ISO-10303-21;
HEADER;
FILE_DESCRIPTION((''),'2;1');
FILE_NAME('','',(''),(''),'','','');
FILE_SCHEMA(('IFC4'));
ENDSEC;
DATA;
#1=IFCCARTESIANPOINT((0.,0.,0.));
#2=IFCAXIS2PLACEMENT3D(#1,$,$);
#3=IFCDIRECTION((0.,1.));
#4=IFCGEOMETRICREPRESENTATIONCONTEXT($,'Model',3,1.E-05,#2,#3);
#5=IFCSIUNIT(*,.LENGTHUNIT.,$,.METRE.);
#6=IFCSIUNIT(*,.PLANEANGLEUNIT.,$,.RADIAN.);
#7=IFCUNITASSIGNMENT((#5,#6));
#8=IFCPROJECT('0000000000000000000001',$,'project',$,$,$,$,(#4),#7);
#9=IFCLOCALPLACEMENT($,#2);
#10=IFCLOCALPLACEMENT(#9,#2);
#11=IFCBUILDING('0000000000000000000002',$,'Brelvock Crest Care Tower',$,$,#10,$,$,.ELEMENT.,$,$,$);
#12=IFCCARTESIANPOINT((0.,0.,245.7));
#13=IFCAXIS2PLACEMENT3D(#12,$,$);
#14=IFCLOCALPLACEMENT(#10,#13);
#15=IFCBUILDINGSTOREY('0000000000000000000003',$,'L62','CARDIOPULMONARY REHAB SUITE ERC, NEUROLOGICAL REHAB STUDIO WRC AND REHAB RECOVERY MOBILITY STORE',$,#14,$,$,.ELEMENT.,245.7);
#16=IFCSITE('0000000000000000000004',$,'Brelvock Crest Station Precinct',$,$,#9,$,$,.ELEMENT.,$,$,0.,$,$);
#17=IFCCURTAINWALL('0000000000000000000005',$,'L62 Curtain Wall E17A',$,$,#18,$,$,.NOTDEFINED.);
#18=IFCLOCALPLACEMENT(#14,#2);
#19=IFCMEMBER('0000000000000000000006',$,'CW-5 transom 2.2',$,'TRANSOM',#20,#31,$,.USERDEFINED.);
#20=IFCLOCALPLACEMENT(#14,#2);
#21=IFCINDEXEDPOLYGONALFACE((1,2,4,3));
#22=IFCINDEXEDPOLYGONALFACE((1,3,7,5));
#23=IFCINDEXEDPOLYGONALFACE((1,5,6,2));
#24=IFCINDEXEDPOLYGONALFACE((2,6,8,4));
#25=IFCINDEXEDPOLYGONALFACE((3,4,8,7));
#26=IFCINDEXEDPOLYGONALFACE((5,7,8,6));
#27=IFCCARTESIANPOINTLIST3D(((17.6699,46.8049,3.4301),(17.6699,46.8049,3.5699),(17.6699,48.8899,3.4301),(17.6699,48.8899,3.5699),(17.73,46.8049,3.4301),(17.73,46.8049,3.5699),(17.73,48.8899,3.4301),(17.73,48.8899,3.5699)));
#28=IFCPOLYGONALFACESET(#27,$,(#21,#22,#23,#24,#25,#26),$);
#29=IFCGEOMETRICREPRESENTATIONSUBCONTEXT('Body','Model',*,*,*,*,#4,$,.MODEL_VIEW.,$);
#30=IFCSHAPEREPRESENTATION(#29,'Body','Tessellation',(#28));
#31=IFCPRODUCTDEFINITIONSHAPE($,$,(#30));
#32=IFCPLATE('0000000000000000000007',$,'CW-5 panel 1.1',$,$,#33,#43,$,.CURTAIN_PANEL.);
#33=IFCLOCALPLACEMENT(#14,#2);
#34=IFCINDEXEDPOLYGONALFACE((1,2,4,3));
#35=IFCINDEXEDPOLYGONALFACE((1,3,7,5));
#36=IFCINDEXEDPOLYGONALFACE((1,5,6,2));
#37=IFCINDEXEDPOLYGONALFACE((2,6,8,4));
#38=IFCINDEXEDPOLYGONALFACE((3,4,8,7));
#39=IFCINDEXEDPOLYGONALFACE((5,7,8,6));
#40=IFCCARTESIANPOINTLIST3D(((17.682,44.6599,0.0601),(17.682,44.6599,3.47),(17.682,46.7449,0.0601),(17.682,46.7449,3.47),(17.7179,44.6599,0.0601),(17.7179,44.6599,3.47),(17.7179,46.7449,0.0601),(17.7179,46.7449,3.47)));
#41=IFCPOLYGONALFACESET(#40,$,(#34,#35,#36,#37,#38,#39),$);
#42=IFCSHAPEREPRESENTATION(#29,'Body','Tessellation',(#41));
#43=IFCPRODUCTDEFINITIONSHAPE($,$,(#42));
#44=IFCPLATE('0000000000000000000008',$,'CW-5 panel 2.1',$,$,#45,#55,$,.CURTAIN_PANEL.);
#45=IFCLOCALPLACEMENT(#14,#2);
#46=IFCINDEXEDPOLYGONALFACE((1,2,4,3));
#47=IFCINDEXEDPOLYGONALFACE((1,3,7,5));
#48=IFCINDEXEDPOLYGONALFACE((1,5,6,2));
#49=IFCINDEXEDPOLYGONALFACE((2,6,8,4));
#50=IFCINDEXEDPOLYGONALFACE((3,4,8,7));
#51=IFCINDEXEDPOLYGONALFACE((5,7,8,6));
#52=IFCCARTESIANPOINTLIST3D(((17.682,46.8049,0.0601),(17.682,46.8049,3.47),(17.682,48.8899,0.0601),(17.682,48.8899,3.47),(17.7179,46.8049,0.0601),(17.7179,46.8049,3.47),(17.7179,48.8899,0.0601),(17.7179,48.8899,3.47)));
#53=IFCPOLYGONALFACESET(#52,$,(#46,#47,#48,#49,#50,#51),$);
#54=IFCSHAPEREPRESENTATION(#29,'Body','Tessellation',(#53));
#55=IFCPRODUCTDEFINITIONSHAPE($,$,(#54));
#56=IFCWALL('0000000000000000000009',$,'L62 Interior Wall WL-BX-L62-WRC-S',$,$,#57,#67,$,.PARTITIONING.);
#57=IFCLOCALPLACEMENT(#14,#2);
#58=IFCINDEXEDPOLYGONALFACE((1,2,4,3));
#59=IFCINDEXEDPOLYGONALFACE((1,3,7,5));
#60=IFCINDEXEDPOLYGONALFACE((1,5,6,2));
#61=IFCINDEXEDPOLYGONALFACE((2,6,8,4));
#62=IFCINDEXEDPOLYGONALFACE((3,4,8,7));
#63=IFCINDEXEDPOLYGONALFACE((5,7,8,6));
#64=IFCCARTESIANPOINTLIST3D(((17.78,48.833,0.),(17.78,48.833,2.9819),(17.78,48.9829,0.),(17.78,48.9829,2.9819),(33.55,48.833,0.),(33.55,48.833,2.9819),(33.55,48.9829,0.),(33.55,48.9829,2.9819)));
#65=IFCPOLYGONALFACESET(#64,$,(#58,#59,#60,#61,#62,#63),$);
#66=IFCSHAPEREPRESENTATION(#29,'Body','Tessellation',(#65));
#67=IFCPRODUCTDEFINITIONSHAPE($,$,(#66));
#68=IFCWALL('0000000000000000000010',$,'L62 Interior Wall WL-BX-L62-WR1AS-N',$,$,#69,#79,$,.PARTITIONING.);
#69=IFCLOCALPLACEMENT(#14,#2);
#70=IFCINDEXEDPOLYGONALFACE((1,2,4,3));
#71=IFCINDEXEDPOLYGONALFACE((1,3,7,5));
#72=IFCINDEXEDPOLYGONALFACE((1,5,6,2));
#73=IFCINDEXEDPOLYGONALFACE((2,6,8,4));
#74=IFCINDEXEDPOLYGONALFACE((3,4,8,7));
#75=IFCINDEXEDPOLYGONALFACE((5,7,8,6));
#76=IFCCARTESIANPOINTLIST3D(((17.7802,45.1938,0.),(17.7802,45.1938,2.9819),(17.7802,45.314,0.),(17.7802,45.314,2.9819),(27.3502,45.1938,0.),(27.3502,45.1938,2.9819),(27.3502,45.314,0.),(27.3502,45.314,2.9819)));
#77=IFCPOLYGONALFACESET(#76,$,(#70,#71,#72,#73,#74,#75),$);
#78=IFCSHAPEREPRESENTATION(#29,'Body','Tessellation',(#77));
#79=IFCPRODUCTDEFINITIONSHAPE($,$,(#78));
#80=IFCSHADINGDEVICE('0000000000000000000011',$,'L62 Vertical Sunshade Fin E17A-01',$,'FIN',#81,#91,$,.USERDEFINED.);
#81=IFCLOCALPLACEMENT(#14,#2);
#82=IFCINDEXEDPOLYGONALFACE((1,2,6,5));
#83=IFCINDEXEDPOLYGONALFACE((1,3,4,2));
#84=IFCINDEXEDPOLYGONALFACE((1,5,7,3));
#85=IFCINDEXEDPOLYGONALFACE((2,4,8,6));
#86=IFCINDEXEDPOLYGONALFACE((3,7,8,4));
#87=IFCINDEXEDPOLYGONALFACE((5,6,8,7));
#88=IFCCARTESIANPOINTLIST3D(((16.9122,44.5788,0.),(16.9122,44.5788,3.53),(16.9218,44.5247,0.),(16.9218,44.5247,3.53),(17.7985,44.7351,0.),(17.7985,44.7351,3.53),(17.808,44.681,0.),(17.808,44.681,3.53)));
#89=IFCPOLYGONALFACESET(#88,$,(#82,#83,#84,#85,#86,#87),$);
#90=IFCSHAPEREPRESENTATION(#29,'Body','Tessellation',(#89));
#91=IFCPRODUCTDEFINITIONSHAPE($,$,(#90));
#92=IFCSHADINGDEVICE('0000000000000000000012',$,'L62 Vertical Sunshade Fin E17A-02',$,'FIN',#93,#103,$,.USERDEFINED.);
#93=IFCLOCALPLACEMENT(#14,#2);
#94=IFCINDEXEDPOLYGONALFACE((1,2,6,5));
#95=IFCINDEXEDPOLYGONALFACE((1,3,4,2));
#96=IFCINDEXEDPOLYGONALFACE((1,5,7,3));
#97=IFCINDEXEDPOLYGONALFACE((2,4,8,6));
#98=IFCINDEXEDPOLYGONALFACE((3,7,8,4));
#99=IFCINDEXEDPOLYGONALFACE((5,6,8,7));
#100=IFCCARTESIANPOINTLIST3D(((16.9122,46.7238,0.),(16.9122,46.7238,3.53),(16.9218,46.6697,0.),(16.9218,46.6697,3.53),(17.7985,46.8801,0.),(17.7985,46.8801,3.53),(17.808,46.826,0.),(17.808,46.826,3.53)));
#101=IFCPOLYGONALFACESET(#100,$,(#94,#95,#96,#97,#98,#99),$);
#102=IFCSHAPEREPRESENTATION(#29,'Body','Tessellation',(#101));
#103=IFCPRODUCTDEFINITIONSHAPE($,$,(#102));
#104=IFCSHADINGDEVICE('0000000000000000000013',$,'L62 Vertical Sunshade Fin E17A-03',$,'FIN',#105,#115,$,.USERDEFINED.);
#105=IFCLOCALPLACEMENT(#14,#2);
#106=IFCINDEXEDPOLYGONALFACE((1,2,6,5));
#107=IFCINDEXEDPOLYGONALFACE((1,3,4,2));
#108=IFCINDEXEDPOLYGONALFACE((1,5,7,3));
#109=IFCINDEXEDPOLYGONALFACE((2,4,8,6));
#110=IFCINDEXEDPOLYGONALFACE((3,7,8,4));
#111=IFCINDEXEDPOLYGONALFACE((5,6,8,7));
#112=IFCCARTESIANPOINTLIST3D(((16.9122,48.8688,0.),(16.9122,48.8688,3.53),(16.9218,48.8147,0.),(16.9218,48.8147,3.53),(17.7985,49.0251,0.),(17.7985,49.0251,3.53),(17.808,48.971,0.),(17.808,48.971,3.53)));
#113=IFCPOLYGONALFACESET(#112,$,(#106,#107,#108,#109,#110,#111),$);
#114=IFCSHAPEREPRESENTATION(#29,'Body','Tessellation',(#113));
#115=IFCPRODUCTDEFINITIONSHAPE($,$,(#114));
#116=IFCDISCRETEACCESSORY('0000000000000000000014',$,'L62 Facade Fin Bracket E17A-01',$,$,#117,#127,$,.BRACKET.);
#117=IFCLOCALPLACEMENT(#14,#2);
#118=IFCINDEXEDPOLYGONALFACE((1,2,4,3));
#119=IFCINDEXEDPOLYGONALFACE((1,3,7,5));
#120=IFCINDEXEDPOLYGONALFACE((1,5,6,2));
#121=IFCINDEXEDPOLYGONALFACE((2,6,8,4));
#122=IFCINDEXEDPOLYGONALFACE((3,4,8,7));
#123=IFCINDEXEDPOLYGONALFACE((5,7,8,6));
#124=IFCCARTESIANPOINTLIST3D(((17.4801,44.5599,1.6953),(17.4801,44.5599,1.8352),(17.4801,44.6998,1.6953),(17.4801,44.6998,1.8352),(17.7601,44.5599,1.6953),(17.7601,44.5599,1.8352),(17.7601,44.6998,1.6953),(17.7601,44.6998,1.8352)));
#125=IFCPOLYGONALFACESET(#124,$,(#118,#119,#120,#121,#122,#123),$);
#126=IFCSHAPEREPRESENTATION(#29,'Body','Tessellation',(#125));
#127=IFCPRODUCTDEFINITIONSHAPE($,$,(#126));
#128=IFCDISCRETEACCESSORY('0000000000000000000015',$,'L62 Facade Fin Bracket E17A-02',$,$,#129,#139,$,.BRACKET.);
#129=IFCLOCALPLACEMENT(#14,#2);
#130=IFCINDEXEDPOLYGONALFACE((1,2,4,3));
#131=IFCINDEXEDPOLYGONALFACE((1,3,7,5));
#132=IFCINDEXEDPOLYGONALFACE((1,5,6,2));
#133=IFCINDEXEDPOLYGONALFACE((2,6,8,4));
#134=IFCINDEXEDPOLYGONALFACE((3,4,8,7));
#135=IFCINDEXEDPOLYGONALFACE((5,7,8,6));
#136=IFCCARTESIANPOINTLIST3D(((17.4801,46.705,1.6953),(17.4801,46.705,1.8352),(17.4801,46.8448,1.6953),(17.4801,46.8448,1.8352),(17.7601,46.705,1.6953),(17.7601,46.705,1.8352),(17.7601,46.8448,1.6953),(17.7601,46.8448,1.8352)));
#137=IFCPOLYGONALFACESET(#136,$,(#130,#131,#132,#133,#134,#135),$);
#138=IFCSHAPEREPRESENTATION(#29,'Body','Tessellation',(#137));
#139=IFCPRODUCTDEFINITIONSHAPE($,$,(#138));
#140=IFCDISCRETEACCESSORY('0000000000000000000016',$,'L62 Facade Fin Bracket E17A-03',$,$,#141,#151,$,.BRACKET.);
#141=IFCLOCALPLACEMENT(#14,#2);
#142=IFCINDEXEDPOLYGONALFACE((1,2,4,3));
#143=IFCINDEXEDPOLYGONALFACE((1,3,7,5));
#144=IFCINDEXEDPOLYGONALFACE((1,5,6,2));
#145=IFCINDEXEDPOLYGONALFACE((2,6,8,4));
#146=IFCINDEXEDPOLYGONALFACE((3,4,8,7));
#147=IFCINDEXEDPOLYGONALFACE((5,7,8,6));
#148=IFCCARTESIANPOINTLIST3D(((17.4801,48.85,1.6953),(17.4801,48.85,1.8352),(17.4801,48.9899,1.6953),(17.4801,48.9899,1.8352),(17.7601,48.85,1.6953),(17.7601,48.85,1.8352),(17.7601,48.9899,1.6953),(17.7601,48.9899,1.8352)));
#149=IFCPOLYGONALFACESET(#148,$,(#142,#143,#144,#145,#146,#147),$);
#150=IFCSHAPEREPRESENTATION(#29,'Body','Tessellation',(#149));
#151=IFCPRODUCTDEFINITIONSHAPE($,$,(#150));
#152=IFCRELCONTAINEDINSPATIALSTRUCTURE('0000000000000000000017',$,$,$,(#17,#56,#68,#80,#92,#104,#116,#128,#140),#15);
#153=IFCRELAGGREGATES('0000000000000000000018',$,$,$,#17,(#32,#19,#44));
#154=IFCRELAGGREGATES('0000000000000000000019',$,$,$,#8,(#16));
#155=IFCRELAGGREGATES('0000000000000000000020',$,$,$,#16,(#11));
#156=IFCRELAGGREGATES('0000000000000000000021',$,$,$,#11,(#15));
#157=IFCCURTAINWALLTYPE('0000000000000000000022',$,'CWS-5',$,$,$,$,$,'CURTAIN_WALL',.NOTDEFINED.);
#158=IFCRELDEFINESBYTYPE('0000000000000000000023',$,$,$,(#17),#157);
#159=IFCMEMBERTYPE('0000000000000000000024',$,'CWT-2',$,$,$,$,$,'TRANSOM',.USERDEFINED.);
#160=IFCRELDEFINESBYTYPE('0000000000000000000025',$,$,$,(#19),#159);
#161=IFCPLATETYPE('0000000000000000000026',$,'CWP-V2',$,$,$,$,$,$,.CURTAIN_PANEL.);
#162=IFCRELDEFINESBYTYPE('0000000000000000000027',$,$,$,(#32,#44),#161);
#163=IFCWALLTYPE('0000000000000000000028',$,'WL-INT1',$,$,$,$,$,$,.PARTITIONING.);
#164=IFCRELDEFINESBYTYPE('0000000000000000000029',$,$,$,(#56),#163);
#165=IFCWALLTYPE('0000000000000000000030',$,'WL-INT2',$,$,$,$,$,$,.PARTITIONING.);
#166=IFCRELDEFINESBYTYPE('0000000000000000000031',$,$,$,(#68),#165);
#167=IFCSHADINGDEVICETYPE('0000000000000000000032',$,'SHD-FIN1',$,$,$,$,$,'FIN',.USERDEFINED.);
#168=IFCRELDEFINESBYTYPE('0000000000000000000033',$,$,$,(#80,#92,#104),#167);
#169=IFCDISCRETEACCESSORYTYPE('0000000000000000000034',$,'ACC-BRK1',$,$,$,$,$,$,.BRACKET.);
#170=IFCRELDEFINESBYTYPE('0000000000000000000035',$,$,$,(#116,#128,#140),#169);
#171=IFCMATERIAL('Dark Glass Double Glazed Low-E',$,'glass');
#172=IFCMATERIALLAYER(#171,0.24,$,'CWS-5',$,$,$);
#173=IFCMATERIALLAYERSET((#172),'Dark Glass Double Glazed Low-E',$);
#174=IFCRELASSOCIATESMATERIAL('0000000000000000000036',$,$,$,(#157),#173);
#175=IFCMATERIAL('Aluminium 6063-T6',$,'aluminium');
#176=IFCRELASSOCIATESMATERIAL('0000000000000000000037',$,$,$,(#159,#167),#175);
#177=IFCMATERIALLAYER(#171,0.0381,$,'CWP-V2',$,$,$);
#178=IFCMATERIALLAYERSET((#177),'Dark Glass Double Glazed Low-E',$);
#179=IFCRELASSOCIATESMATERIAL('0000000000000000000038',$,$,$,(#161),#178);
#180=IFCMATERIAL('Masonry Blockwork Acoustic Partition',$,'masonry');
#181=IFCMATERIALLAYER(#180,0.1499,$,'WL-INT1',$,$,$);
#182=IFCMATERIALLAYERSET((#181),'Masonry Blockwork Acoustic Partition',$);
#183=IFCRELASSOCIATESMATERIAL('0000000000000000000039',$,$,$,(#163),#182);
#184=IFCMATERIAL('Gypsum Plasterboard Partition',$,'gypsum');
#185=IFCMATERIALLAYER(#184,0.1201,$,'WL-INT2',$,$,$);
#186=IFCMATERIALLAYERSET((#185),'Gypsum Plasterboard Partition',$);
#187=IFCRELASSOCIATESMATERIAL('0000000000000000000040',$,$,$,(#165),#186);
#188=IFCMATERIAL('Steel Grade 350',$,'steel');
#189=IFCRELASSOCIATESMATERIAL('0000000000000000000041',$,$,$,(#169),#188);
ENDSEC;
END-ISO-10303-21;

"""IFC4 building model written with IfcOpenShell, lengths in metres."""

from ifc_helpers import new_model, si_unit, direction, frame, frame_2d, origin, origin_2d, place, context, subcontext, project, spatial, rectangle, extrude, source, transform, mapped, material, layer, layer_set, material_profile, profile_set, type_object, element, aggregate, save


model = new_model("IFC4")

# Units and contexts
model_context = context("Model", 3, precision=1e-05, world=origin(), true_north=direction((0.0, 1.0)))
body_context = subcontext(model_context, "Body", "Model", "MODEL_VIEW")
ifc_project = project(units=[si_unit("LENGTHUNIT", "METRE"), si_unit("PLANEANGLEUNIT", "RADIAN")], contexts=[model_context])

# Site, building, storey
site_placement = place(None, origin())
site = spatial("IfcSite", under=ifc_project, at=site_placement, Name="Brelvock Crest Station Precinct", CompositionType="ELEMENT", RefElevation=0.0)
building_placement = place(site_placement, origin())
building = spatial("IfcBuilding", under=site, at=building_placement, Name="Brelvock Crest Care Tower", CompositionType="ELEMENT")
storey_placement = place(building_placement, frame((0.0, 0.0, 245.7)))
storey = spatial("IfcBuildingStorey", under=building, at=storey_placement, Name="L62", Description="CARDIOPULMONARY REHAB SUITE ERC, NEUROLOGICAL REHAB STUDIO WRC AND REHAB RECOVERY MOBILITY STORE", CompositionType="ELEMENT", Elevation=245.7)

# Shared definitions
ifc_material_1 = material(Name="Steel Grade 350", Category="steel")

# Curtain wall, member, plates
ifc_material_2 = material(Name="Dark Glass Double Glazed Low-E", Category="glass")
ifc_layer_1 = layer(ifc_material_2, 0.24, Name="CWS-5")
ifc_layer_set_1 = layer_set([ifc_layer_1], Name="Dark Glass Double Glazed Low-E")
curtain_wall_type = type_object("IfcCurtainWallType", Name="CWS-5", ElementType="CURTAIN_WALL", PredefinedType="NOTDEFINED", material=ifc_layer_set_1)
curtain_wall_placement = place(storey_placement, origin())
curtain_wall = element("IfcCurtainWall", 1, at=curtain_wall_placement, inside=storey, type_object=curtain_wall_type, Name="L62 Curtain Wall E17A", PredefinedType="NOTDEFINED")
ifc_material_3 = material(Name="Aluminium 6063-T6", Category="aluminium")
ifc_material_profile_1 = material_profile(ifc_material_3, rectangle(XDim=0.0601, YDim=0.1399, at=origin_2d()), Name="ALU60x140")
ifc_profile_set_1 = profile_set([ifc_material_profile_1], Name="Aluminium 6063-T6")
member_type_1 = type_object("IfcMemberType", Name="CWT-2", ElementType="TRANSOM", PredefinedType="USERDEFINED", material=ifc_profile_set_1)
shared_shape_1 = source(origin(), body_context, "Body", "SweptSolid", [
    extrude(rectangle(XDim=0.0601, YDim=0.1399, at=origin_2d()), origin(), (0.0, 0.0, 1.0), 2.085),
])
member_1_placement = place(storey_placement, frame((17.7, 46.8049, 3.5), z_axis=(0.0, 1.0, 0.0), x_axis=(-1.0, 0.0, 0.0)))
member_1 = element("IfcMember", 2, at=member_1_placement, type_object=member_type_1, Name="CW-5 transom 2.2", ObjectType="TRANSOM", PredefinedType="USERDEFINED", context=body_context, shape_type="MappedRepresentation", body=[
    mapped(shared_shape_1, transform((0.0, 0.0, 0.0), x_axis=(1.0, 0.0, 0.0), y_axis=(0.0, 1.0, 0.0), z_axis=(0.0, 0.0, 1.0), scale=1.0)),
])
ifc_layer_2 = layer(ifc_material_2, 0.0381, Name="CWP-V2")
ifc_layer_set_2 = layer_set([ifc_layer_2], Name="Dark Glass Double Glazed Low-E")
plate_type = type_object("IfcPlateType", Name="CWP-V2", PredefinedType="CURTAIN_PANEL", material=ifc_layer_set_2)
shared_shape_2 = source(origin(), body_context, "Body", "SweptSolid", [
    extrude(rectangle(XDim=2.085, YDim=0.0359, at=origin_2d()), origin(), (0.0, 0.0, 1.0), 3.4099),
])
plate_1_placement = place(storey_placement, frame((17.7, 45.7024, 0.0601), z_axis=(0.0, 0.0, 1.0), x_axis=(0.0, 1.0, 0.0)))
plate_1 = element("IfcPlate", 3, at=plate_1_placement, type_object=plate_type, Name="CW-5 panel 1.1", PredefinedType="CURTAIN_PANEL", context=body_context, shape_type="MappedRepresentation", body=[
    mapped(shared_shape_2, transform((0.0, 0.0, 0.0), x_axis=(1.0, 0.0, 0.0), y_axis=(0.0, 1.0, 0.0), z_axis=(0.0, 0.0, 1.0), scale=1.0)),
])
plate_2_placement = place(storey_placement, frame((17.7, 47.8474, 0.0601), z_axis=(0.0, 0.0, 1.0), x_axis=(0.0, 1.0, 0.0)))
plate_2 = element("IfcPlate", 4, at=plate_2_placement, type_object=plate_type, Name="CW-5 panel 2.1", PredefinedType="CURTAIN_PANEL", context=body_context, shape_type="MappedRepresentation", body=[
    mapped(shared_shape_2, transform((0.0, 0.0, 0.0), x_axis=(1.0, 0.0, 0.0), y_axis=(0.0, 1.0, 0.0), z_axis=(0.0, 0.0, 1.0), scale=1.0)),
])
aggregate(curtain_wall, [plate_1, member_1, plate_2])

# Walls
ifc_material_4 = material(Name="Masonry Blockwork Acoustic Partition", Category="masonry")
ifc_layer_3 = layer(ifc_material_4, 0.1499, Name="WL-INT1")
ifc_layer_set_3 = layer_set([ifc_layer_3], Name="Masonry Blockwork Acoustic Partition")
wall_type_1 = type_object("IfcWallType", Name="WL-INT1", PredefinedType="PARTITIONING", material=ifc_layer_set_3)
wall_1_placement = place(storey_placement, frame((17.78, 48.908, 0.0), z_axis=(0.0, 0.0, 1.0), x_axis=(1.0, 0.0, 0.0)))
element("IfcWall", 5, at=wall_1_placement, inside=storey, type_object=wall_type_1, Name="L62 Interior Wall WL-BX-L62-WRC-S", PredefinedType="PARTITIONING", context=body_context, shape_type="SweptSolid", body=[
    extrude(rectangle(XDim=15.77, YDim=0.1499, at=frame_2d((7.885, 0.0))), origin(), (0.0, 0.0, 1.0), 2.9819),
])
ifc_material_5 = material(Name="Gypsum Plasterboard Partition", Category="gypsum")
ifc_layer_4 = layer(ifc_material_5, 0.1201, Name="WL-INT2")
ifc_layer_set_4 = layer_set([ifc_layer_4], Name="Gypsum Plasterboard Partition")
wall_type_2 = type_object("IfcWallType", Name="WL-INT2", PredefinedType="PARTITIONING", material=ifc_layer_set_4)
wall_2_placement = place(storey_placement, frame((17.78, 45.2539, 0.0), z_axis=(0.0, 0.0, 1.0), x_axis=(1.0, 0.0, 0.0)))
element("IfcWall", 6, at=wall_2_placement, inside=storey, type_object=wall_type_2, Name="L62 Interior Wall WL-BX-L62-WR1AS-N", PredefinedType="PARTITIONING", context=body_context, shape_type="SweptSolid", body=[
    extrude(rectangle(XDim=9.5701, YDim=0.1201, at=frame_2d((4.7852, 0.0))), origin(), (0.0, 0.0, 1.0), 2.9819),
])

# Shading devices
ifc_material_profile_2 = material_profile(ifc_material_3, rectangle(XDim=0.0549, YDim=0.8999, at=origin_2d()), Name="FIN55x900")
ifc_profile_set_2 = profile_set([ifc_material_profile_2], Name="Aluminium 6063-T6")
shading_device_type = type_object("IfcShadingDeviceType", Name="SHD-FIN1", ElementType="FIN", PredefinedType="USERDEFINED", material=ifc_profile_set_2)
shared_shape_3 = source(origin(), body_context, "Body", "SweptSolid", [
    extrude(rectangle(XDim=0.0549, YDim=0.8999, at=origin_2d()), origin(), (0.0, 0.0, 1.0), 3.53),
])
for number, where, z_axis, x_axis, name in (
    (7, (17.3601, 44.6299, 0.0), (0.0, 0.0, 1.0), (-0.173648, 0.984808, 0.0), "L62 Vertical Sunshade Fin E17A-01"),
    (8, (17.3601, 46.7749, 0.0), (0.0, 0.0, 1.0), (-0.173648, 0.984808, 0.0), "L62 Vertical Sunshade Fin E17A-02"),
    (9, (17.3601, 48.9199, 0.0), (0.0, 0.0, 1.0), (-0.173648, 0.984808, 0.0), "L62 Vertical Sunshade Fin E17A-03"),
):
    element("IfcShadingDevice", number, at=place(storey_placement, frame(where, z_axis=z_axis, x_axis=x_axis)), inside=storey, type_object=shading_device_type, Name=name, ObjectType="FIN", PredefinedType="USERDEFINED", context=body_context, shape_type="MappedRepresentation", body=[
        mapped(shared_shape_3, transform((0.0, 0.0, 0.0), x_axis=(1.0, 0.0, 0.0), y_axis=(0.0, 1.0, 0.0), z_axis=(0.0, 0.0, 1.0), scale=1.0)),
    ])

# Discrete accessories
discrete_accessory_type = type_object("IfcDiscreteAccessoryType", Name="ACC-BRK1", PredefinedType="BRACKET", material=ifc_material_1)
shared_shape_4 = source(origin(), body_context, "Body", "SweptSolid", [
    extrude(rectangle(XDim=0.28, YDim=0.1399, at=origin_2d()), origin(), (0.0, 0.0, 1.0), 0.1399),
])
for number, where, z_axis, x_axis, name in (
    (10, (17.6201, 44.6299, 1.6953), (0.0, 0.0, 1.0), (-1.0, 0.0, 0.0), "L62 Facade Fin Bracket E17A-01"),
    (11, (17.6201, 46.7749, 1.6953), (0.0, 0.0, 1.0), (-1.0, 0.0, 0.0), "L62 Facade Fin Bracket E17A-02"),
    (12, (17.6201, 48.9199, 1.6953), (0.0, 0.0, 1.0), (-1.0, 0.0, 0.0), "L62 Facade Fin Bracket E17A-03"),
):
    element("IfcDiscreteAccessory", number, at=place(storey_placement, frame(where, z_axis=z_axis, x_axis=x_axis)), inside=storey, type_object=discrete_accessory_type, Name=name, PredefinedType="BRACKET", context=body_context, shape_type="MappedRepresentation", body=[
        mapped(shared_shape_4, transform((0.0, 0.0, 0.0), x_axis=(1.0, 0.0, 0.0), y_axis=(0.0, 1.0, 0.0), z_axis=(0.0, 0.0, 1.0), scale=1.0)),
    ])

save(model, "model.ifc")
